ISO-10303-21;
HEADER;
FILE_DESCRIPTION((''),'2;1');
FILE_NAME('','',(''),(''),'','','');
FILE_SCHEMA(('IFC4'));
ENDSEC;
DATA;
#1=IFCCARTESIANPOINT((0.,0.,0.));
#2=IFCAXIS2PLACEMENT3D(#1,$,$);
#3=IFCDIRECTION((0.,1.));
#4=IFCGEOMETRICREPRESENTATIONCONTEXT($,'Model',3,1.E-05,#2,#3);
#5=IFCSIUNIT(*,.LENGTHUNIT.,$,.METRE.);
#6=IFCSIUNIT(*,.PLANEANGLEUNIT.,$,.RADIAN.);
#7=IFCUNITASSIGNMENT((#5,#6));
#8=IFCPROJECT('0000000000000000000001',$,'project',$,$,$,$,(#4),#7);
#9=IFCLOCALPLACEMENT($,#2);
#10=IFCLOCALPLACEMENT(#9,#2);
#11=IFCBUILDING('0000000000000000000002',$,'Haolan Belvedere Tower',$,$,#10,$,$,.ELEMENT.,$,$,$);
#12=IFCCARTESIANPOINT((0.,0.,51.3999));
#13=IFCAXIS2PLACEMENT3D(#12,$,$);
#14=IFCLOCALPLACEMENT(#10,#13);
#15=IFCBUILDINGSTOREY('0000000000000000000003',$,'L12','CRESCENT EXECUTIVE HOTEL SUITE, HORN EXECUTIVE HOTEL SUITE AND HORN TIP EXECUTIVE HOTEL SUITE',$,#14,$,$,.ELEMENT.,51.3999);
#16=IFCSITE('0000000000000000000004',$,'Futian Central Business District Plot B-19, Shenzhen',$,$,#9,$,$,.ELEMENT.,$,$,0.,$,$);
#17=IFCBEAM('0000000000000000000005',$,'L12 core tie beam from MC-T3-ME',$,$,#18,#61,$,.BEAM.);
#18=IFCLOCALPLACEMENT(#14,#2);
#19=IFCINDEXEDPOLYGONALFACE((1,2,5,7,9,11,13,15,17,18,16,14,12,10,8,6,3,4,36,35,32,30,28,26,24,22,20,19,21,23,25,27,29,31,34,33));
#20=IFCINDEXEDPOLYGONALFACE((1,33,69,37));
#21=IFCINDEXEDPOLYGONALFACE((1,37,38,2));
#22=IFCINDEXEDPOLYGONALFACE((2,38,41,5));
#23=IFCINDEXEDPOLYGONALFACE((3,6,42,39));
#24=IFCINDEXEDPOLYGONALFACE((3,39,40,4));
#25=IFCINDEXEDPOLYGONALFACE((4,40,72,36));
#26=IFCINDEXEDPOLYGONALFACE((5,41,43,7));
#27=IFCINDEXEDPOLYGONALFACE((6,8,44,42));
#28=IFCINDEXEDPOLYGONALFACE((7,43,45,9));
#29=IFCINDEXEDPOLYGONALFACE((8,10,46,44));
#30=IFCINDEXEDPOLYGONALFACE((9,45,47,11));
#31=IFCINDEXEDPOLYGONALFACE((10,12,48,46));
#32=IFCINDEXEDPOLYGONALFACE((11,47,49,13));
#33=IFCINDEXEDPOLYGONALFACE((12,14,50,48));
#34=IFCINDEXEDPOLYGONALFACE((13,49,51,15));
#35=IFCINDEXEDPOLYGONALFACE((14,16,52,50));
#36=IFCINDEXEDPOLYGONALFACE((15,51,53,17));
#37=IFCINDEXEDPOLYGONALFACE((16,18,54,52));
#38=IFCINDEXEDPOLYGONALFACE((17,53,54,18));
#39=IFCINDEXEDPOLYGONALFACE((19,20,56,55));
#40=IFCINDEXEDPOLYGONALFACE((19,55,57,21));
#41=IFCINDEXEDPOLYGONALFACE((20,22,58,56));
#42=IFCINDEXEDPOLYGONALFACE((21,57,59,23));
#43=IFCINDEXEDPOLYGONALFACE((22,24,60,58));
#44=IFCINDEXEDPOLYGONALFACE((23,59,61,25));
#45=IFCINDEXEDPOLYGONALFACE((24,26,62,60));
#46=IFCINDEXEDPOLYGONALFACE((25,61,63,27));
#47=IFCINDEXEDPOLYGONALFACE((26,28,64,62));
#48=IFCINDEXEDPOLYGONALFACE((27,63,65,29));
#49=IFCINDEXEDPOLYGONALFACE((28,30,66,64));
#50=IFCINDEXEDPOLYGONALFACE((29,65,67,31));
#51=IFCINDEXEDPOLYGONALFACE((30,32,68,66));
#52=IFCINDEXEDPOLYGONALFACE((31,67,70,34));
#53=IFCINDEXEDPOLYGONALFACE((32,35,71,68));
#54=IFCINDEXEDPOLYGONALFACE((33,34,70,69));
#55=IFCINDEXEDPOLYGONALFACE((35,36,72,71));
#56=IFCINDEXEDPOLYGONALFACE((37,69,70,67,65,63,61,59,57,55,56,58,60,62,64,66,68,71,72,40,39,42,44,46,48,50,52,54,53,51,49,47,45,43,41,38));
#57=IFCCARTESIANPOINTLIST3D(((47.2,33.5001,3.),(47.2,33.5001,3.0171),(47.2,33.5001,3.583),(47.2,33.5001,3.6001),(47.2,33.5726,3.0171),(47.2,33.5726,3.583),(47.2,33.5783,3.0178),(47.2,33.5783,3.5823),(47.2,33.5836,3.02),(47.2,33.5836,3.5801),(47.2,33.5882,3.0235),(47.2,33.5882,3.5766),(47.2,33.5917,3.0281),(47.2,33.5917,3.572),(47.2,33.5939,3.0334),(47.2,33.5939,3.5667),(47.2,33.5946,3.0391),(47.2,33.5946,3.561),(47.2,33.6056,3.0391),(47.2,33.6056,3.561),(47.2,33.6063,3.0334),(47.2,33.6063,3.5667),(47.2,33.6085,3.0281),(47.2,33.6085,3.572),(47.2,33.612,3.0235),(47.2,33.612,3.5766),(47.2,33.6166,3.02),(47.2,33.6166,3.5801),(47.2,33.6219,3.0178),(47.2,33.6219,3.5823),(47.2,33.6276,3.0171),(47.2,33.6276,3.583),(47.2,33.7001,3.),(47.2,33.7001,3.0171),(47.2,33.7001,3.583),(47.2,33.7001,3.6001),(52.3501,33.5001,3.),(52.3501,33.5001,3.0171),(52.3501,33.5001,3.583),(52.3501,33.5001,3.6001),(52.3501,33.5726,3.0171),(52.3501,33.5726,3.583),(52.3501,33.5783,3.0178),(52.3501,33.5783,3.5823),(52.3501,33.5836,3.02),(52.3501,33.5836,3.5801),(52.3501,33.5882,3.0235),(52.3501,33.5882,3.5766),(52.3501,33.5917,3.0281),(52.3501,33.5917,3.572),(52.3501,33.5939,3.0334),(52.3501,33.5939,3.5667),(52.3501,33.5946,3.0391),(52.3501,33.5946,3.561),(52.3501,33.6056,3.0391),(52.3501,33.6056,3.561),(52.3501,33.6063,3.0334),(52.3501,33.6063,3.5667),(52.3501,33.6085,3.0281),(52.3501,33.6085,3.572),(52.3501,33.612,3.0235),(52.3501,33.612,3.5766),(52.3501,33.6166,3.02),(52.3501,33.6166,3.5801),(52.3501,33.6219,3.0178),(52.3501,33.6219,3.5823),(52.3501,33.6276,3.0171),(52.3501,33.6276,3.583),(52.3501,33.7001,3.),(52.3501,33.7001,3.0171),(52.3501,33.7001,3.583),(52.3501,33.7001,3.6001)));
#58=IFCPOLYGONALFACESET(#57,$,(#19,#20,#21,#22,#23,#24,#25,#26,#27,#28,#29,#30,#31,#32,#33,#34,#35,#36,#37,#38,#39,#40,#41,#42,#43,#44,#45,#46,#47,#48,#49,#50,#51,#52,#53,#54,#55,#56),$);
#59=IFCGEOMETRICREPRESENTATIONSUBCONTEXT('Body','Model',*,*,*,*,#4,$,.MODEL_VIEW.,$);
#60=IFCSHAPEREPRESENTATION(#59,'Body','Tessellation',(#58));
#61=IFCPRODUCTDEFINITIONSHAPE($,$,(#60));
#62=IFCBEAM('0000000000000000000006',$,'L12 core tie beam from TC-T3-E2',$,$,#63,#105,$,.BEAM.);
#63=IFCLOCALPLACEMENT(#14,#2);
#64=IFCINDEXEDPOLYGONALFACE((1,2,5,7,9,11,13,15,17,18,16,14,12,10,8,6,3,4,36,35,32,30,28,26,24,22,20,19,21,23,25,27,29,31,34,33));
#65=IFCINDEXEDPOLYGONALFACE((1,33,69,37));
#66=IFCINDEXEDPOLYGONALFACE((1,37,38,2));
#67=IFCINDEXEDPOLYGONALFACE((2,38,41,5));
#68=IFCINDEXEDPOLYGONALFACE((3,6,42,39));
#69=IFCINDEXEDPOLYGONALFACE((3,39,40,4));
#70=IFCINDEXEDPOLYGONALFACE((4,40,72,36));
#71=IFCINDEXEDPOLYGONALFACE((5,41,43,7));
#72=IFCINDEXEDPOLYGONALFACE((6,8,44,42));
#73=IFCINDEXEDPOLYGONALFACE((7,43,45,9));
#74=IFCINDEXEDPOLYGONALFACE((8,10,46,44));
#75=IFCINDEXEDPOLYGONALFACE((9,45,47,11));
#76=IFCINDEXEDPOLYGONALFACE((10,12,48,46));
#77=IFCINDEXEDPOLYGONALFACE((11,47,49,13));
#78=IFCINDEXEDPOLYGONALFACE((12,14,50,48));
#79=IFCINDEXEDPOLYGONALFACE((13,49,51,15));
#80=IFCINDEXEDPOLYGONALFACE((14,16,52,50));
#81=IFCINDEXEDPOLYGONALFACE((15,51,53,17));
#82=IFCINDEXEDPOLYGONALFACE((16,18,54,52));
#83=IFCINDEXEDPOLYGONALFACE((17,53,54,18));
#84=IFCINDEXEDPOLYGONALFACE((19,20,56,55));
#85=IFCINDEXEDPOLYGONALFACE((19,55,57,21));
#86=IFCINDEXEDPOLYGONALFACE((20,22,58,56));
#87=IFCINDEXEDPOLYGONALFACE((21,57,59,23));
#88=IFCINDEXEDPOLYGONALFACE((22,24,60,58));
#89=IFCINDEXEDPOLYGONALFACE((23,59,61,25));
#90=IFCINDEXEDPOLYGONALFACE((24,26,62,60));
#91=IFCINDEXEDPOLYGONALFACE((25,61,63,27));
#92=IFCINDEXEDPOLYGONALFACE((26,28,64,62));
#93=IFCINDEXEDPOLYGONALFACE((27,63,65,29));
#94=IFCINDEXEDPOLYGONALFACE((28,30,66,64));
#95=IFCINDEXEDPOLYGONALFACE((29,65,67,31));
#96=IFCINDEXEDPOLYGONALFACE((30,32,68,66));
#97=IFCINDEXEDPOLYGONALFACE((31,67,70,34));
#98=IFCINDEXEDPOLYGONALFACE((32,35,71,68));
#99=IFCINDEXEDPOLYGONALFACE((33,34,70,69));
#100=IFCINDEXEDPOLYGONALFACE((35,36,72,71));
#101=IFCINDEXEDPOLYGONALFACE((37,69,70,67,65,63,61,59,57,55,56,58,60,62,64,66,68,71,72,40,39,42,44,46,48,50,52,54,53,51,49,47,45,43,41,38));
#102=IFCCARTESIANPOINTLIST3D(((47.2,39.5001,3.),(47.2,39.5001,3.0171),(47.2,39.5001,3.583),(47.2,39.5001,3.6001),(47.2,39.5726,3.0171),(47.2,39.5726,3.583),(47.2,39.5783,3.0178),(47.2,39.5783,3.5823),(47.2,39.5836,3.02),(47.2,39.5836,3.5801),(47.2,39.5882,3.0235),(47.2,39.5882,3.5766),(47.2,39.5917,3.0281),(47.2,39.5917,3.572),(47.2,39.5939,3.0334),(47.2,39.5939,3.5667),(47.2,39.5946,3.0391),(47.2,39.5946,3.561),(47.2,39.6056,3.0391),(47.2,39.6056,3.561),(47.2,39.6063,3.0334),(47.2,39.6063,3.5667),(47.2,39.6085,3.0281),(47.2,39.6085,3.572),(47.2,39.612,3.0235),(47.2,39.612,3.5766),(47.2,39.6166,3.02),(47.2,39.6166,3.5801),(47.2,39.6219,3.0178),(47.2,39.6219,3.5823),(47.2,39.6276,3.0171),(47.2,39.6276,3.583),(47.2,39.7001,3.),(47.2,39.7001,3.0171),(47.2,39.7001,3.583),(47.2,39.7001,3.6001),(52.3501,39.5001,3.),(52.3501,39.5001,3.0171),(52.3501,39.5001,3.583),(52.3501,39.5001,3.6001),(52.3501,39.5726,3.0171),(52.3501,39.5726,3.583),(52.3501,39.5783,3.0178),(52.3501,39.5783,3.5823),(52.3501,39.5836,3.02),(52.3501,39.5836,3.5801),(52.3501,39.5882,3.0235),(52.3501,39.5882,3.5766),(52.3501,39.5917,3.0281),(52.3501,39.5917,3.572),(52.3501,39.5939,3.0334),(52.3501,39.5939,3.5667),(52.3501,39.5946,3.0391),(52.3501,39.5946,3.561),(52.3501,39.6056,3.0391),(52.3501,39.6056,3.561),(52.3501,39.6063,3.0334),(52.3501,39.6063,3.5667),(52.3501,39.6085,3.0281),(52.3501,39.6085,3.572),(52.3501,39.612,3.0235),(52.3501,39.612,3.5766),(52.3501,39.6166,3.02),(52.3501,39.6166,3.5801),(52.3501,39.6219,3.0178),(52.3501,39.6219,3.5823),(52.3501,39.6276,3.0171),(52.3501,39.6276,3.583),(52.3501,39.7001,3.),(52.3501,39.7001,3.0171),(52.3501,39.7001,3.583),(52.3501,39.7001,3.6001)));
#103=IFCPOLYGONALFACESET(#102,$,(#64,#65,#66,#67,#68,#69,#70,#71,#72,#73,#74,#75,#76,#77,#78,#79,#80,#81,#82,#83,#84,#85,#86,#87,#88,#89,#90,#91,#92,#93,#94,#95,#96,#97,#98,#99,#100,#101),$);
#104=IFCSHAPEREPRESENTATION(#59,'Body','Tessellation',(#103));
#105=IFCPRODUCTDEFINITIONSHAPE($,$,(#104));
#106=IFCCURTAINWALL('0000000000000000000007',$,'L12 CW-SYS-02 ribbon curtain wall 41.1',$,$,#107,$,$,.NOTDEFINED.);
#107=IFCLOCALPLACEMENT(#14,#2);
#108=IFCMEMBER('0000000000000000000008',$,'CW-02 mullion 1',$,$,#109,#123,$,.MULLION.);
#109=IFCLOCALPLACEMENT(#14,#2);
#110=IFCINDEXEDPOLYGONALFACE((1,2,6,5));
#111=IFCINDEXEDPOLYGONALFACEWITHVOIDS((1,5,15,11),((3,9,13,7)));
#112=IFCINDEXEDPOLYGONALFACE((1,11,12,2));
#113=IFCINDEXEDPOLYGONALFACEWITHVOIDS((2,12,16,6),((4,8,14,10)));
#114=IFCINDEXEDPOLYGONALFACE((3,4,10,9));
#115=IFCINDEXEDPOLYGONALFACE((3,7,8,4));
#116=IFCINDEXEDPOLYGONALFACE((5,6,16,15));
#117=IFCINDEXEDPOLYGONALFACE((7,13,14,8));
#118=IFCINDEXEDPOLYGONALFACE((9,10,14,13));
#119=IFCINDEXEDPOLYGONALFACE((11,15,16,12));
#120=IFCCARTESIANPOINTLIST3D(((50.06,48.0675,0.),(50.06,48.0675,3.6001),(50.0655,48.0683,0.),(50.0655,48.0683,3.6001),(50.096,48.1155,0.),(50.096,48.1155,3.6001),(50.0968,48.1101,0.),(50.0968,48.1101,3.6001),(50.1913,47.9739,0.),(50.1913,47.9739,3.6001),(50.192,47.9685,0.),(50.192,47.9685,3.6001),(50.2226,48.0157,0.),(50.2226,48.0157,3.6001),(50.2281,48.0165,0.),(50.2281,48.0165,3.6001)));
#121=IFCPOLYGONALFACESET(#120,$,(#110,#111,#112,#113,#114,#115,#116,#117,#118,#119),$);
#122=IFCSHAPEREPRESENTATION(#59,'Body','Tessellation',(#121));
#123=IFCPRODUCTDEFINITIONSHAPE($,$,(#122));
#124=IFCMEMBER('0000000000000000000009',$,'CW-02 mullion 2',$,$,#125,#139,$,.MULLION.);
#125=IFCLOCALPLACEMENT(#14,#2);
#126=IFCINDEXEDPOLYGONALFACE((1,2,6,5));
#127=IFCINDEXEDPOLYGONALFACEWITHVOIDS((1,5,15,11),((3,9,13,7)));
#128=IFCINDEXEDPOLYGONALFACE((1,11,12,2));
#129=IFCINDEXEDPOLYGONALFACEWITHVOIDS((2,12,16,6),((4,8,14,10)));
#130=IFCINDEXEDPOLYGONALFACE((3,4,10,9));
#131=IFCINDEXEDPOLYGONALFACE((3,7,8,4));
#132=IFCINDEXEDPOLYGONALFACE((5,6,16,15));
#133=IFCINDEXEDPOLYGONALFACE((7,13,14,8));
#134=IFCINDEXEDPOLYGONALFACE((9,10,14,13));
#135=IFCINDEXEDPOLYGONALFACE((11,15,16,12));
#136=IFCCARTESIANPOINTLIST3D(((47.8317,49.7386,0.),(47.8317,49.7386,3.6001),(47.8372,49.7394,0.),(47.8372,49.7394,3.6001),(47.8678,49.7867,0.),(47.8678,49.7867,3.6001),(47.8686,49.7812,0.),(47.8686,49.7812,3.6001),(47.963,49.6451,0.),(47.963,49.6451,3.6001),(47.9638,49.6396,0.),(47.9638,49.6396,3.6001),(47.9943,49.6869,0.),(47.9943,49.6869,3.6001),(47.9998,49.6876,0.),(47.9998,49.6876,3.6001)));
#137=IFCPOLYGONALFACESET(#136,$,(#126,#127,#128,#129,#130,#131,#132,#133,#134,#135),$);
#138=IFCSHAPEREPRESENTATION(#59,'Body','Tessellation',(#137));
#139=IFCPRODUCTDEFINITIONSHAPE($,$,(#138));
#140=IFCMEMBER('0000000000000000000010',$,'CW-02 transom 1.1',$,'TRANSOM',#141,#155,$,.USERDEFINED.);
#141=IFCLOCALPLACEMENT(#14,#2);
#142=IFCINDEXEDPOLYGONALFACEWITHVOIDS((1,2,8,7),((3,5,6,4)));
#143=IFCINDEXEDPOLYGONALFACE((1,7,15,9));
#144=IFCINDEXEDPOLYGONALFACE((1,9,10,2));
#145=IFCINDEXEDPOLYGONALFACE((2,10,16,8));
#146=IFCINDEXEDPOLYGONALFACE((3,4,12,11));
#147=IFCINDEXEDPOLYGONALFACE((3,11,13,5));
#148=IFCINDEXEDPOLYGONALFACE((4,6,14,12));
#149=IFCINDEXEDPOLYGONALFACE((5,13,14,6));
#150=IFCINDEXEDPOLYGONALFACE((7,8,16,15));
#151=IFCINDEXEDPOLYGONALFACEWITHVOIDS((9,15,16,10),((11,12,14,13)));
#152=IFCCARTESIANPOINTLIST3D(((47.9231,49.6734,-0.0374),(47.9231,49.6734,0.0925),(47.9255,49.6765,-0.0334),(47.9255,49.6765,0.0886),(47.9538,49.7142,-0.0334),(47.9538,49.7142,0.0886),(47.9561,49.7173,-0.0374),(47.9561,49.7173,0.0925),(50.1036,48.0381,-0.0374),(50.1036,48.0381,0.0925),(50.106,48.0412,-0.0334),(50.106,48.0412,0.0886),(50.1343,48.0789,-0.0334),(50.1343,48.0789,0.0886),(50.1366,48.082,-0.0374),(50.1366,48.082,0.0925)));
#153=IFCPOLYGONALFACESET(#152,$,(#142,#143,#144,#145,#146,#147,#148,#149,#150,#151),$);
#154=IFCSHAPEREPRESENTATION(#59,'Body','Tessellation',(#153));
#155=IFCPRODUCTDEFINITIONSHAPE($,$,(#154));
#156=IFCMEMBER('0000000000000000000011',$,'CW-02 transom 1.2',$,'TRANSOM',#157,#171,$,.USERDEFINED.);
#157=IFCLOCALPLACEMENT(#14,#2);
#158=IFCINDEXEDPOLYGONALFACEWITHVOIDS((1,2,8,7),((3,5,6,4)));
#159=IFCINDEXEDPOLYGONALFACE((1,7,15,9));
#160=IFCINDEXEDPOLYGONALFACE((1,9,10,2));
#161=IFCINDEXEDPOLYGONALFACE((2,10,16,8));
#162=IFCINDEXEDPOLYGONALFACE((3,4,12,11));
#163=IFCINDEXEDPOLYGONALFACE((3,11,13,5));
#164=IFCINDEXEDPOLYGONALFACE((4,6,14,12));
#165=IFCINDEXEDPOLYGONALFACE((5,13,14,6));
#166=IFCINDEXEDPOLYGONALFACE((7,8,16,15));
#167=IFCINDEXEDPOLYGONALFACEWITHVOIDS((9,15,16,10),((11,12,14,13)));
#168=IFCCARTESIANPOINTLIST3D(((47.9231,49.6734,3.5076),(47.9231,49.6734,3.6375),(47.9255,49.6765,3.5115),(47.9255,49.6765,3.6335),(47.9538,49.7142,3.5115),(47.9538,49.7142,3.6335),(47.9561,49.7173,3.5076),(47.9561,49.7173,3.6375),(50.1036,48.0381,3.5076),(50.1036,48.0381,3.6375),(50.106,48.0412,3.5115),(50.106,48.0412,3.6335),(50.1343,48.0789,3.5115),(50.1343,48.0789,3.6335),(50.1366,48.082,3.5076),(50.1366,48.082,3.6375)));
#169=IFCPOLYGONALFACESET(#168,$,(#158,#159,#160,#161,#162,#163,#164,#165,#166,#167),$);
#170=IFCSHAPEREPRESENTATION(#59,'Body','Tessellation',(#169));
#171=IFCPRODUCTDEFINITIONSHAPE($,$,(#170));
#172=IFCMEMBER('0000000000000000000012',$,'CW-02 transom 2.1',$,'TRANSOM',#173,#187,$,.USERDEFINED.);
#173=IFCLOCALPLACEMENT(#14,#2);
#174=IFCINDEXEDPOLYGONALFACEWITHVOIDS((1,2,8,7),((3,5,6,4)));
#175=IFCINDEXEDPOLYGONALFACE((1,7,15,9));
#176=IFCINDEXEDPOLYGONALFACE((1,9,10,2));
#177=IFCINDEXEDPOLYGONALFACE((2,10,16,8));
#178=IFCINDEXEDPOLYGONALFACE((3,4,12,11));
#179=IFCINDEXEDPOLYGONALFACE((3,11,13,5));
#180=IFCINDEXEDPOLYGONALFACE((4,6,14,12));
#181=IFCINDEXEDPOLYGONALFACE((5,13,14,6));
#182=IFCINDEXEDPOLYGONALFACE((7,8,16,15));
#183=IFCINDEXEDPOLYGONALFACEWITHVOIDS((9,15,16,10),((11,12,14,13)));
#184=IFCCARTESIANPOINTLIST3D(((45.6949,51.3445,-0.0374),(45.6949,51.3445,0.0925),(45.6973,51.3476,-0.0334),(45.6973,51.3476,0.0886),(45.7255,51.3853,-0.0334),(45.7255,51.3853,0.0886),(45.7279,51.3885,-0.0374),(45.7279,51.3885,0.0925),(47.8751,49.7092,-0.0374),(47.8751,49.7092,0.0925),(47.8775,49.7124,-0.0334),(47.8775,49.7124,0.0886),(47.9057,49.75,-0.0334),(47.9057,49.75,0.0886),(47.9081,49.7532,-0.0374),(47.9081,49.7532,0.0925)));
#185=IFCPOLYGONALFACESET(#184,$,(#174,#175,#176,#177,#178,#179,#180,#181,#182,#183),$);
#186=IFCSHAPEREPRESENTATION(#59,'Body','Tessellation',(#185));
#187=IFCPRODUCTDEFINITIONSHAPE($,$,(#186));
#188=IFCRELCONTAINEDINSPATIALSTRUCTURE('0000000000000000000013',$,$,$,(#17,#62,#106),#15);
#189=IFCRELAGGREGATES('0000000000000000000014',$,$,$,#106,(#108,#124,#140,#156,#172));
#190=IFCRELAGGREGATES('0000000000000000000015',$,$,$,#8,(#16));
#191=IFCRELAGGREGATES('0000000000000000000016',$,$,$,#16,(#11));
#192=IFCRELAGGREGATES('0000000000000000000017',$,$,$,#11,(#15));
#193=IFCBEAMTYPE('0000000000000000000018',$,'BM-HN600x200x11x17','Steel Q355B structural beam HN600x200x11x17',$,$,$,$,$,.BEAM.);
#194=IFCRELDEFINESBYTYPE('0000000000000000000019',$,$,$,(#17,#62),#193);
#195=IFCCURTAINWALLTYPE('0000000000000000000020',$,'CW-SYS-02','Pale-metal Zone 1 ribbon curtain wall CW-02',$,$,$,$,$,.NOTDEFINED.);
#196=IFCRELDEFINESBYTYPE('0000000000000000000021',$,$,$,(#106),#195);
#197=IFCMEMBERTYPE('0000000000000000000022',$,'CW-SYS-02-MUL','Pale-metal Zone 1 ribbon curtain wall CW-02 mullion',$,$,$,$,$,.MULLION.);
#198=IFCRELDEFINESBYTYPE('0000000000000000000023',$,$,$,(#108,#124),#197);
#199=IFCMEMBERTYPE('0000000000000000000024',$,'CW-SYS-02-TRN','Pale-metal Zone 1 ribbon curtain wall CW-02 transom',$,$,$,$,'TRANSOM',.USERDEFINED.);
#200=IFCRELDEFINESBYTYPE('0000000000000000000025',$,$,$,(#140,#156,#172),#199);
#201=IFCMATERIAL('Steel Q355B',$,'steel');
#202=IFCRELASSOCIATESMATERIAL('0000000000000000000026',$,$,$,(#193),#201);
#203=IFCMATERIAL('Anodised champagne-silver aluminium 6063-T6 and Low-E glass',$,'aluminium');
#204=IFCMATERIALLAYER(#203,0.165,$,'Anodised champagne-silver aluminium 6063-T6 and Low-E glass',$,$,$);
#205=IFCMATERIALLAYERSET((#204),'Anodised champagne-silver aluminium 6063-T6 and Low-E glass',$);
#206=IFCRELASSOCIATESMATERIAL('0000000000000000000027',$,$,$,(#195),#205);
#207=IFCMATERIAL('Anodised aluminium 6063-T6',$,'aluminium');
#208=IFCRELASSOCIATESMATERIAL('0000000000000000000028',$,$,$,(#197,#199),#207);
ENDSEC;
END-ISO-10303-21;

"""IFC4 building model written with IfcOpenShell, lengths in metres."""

from ifc_helpers import new_model, si_unit, direction, frame, origin, origin_2d, place, context, subcontext, project, spatial, hollow_rectangle, i_section, extrude, material, layer, layer_set, material_profile, profile_set, type_object, element, aggregate, save


model = new_model("IFC4")

# Units and contexts
model_context = context("Model", 3, precision=1e-05, world=origin(), true_north=direction((0.0, 1.0)))
body_context = subcontext(model_context, "Body", "Model", "MODEL_VIEW")
ifc_project = project(units=[si_unit("LENGTHUNIT", "METRE"), si_unit("PLANEANGLEUNIT", "RADIAN")], contexts=[model_context])

# Site, building, storey
site_placement = place(None, origin())
site = spatial("IfcSite", under=ifc_project, at=site_placement, Name="Futian Central Business District Plot B-19, Shenzhen", CompositionType="ELEMENT", RefElevation=0.0)
building_placement = place(site_placement, origin())
building = spatial("IfcBuilding", under=site, at=building_placement, Name="Haolan Belvedere Tower", CompositionType="ELEMENT")
storey_placement = place(building_placement, frame((0.0, 0.0, 51.3999)))
storey = spatial("IfcBuildingStorey", under=building, at=storey_placement, Name="L12", Description="CRESCENT EXECUTIVE HOTEL SUITE, HORN EXECUTIVE HOTEL SUITE AND HORN TIP EXECUTIVE HOTEL SUITE", CompositionType="ELEMENT", Elevation=51.3999)

# Beams
ifc_material_1 = material(Name="Steel Q355B", Category="steel")
ifc_material_profile_1 = material_profile(ifc_material_1, i_section(OverallWidth=0.2, OverallDepth=0.6001, WebThickness=0.011, FlangeThickness=0.0171, FilletRadius=0.022, at=origin_2d()), Name="Steel Q355B")
ifc_profile_set_1 = profile_set([ifc_material_profile_1], Name="Steel Q355B")
beam_type = type_object("IfcBeamType", Name="BM-HN600x200x11x17", Description="Steel Q355B structural beam HN600x200x11x17", PredefinedType="BEAM", material=ifc_profile_set_1)
for number, where, z_axis, x_axis, name in (
    (1, (52.3501, 33.6001, 3.3), (-1.0, 0.0, 0.0), (0.0, -1.0, 0.0), "L12 core tie beam from MC-T3-ME"),
    (2, (52.3501, 39.6001, 3.3), (-1.0, 0.0, 0.0), (0.0, -1.0, 0.0), "L12 core tie beam from TC-T3-E2"),
):
    element("IfcBeam", number, at=place(storey_placement, frame(where, z_axis=z_axis, x_axis=x_axis)), inside=storey, type_object=beam_type, Name=name, PredefinedType="BEAM", context=body_context, shape_type="SweptSolid", body=[
        extrude(i_section(OverallWidth=0.2, OverallDepth=0.6001, WebThickness=0.011, FlangeThickness=0.0171, FilletRadius=0.022, at=origin_2d()), origin(), (0.0, 0.0, 1.0), 5.1501),
    ])

# Curtain wall, members
ifc_material_2 = material(Name="Anodised champagne-silver aluminium 6063-T6 and Low-E glass", Category="aluminium")
ifc_layer_1 = layer(ifc_material_2, 0.165, Name="Anodised champagne-silver aluminium 6063-T6 and Low-E glass")
ifc_layer_set_1 = layer_set([ifc_layer_1], Name="Anodised champagne-silver aluminium 6063-T6 and Low-E glass")
curtain_wall_type = type_object("IfcCurtainWallType", Name="CW-SYS-02", Description="Pale-metal Zone 1 ribbon curtain wall CW-02", PredefinedType="NOTDEFINED", material=ifc_layer_set_1)
curtain_wall_placement = place(storey_placement, origin())
curtain_wall = element("IfcCurtainWall", 3, at=curtain_wall_placement, inside=storey, type_object=curtain_wall_type, Name="L12 CW-SYS-02 ribbon curtain wall 41.1", PredefinedType="NOTDEFINED")
ifc_material_3 = material(Name="Anodised aluminium 6063-T6", Category="aluminium")
ifc_material_profile_2 = material_profile(ifc_material_3, hollow_rectangle(XDim=0.0601, YDim=0.165, WallThickness=0.0039, at=origin_2d()), Name="Anodised aluminium 6063-T6")
ifc_profile_set_2 = profile_set([ifc_material_profile_2], Name="Anodised aluminium 6063-T6")
member_type_1 = type_object("IfcMemberType", Name="CW-SYS-02-MUL", Description="Pale-metal Zone 1 ribbon curtain wall CW-02 mullion", PredefinedType="MULLION", material=ifc_profile_set_2)
member_1_placement = place(storey_placement, frame((50.144, 48.042, 0.0), z_axis=(0.0, 0.0, 1.0), x_axis=(-0.599994, -0.800004, 0.0)))
member_1 = element("IfcMember", 4, at=member_1_placement, type_object=member_type_1, Name="CW-02 mullion 1", PredefinedType="MULLION", context=body_context, shape_type="SweptSolid", body=[
    extrude(hollow_rectangle(XDim=0.0601, YDim=0.165, WallThickness=0.0039, at=origin_2d()), origin(), (0.0, 0.0, 1.0), 3.6001),
])
member_2_placement = place(storey_placement, frame((47.9158, 49.7131, 0.0), z_axis=(0.0, 0.0, 1.0), x_axis=(-0.599994, -0.800004, 0.0)))
member_2 = element("IfcMember", 5, at=member_2_placement, type_object=member_type_1, Name="CW-02 mullion 2", PredefinedType="MULLION", context=body_context, shape_type="SweptSolid", body=[
    extrude(hollow_rectangle(XDim=0.0601, YDim=0.165, WallThickness=0.0039, at=origin_2d()), origin(), (0.0, 0.0, 1.0), 3.6001),
])
ifc_material_profile_3 = material_profile(ifc_material_3, hollow_rectangle(XDim=0.0549, YDim=0.1299, WallThickness=0.0039, at=origin_2d()), Name="Anodised aluminium 6063-T6")
ifc_profile_set_3 = profile_set([ifc_material_profile_3], Name="Anodised aluminium 6063-T6")
member_type_2 = type_object("IfcMemberType", Name="CW-SYS-02-TRN", Description="Pale-metal Zone 1 ribbon curtain wall CW-02 transom", ElementType="TRANSOM", PredefinedType="USERDEFINED", material=ifc_profile_set_3)
member_3_placement = place(storey_placement, frame((50.1201, 48.0601, 0.0276), z_axis=(-0.800011, 0.599986, 0.0), x_axis=(-0.599986, -0.800011, 0.0)))
member_3 = element("IfcMember", 6, at=member_3_placement, type_object=member_type_2, Name="CW-02 transom 1.1", ObjectType="TRANSOM", PredefinedType="USERDEFINED", context=body_context, shape_type="SweptSolid", body=[
    extrude(hollow_rectangle(XDim=0.0549, YDim=0.1299, WallThickness=0.0039, at=origin_2d()), origin(), (0.0, 0.0, 1.0), 2.7256),
])
member_4_placement = place(storey_placement, frame((50.1201, 48.0601, 3.5725), z_axis=(-0.800011, 0.599986, 0.0), x_axis=(-0.599986, -0.800011, 0.0)))
member_4 = element("IfcMember", 7, at=member_4_placement, type_object=member_type_2, Name="CW-02 transom 1.2", ObjectType="TRANSOM", PredefinedType="USERDEFINED", context=body_context, shape_type="SweptSolid", body=[
    extrude(hollow_rectangle(XDim=0.0549, YDim=0.1299, WallThickness=0.0039, at=origin_2d()), origin(), (0.0, 0.0, 1.0), 2.7256),
])
member_5_placement = place(storey_placement, frame((47.8916, 49.7312, 0.0276), z_axis=(-0.799978, 0.600029, 0.0), x_axis=(-0.600029, -0.799978, 0.0)))
member_5 = element("IfcMember", 8, at=member_5_placement, type_object=member_type_2, Name="CW-02 transom 2.1", ObjectType="TRANSOM", PredefinedType="USERDEFINED", context=body_context, shape_type="SweptSolid", body=[
    extrude(hollow_rectangle(XDim=0.0549, YDim=0.1299, WallThickness=0.0039, at=origin_2d()), origin(), (0.0, 0.0, 1.0), 2.7253),
])
aggregate(curtain_wall, [member_1, member_2, member_3, member_4, member_5])

save(model, "model.ifc")
